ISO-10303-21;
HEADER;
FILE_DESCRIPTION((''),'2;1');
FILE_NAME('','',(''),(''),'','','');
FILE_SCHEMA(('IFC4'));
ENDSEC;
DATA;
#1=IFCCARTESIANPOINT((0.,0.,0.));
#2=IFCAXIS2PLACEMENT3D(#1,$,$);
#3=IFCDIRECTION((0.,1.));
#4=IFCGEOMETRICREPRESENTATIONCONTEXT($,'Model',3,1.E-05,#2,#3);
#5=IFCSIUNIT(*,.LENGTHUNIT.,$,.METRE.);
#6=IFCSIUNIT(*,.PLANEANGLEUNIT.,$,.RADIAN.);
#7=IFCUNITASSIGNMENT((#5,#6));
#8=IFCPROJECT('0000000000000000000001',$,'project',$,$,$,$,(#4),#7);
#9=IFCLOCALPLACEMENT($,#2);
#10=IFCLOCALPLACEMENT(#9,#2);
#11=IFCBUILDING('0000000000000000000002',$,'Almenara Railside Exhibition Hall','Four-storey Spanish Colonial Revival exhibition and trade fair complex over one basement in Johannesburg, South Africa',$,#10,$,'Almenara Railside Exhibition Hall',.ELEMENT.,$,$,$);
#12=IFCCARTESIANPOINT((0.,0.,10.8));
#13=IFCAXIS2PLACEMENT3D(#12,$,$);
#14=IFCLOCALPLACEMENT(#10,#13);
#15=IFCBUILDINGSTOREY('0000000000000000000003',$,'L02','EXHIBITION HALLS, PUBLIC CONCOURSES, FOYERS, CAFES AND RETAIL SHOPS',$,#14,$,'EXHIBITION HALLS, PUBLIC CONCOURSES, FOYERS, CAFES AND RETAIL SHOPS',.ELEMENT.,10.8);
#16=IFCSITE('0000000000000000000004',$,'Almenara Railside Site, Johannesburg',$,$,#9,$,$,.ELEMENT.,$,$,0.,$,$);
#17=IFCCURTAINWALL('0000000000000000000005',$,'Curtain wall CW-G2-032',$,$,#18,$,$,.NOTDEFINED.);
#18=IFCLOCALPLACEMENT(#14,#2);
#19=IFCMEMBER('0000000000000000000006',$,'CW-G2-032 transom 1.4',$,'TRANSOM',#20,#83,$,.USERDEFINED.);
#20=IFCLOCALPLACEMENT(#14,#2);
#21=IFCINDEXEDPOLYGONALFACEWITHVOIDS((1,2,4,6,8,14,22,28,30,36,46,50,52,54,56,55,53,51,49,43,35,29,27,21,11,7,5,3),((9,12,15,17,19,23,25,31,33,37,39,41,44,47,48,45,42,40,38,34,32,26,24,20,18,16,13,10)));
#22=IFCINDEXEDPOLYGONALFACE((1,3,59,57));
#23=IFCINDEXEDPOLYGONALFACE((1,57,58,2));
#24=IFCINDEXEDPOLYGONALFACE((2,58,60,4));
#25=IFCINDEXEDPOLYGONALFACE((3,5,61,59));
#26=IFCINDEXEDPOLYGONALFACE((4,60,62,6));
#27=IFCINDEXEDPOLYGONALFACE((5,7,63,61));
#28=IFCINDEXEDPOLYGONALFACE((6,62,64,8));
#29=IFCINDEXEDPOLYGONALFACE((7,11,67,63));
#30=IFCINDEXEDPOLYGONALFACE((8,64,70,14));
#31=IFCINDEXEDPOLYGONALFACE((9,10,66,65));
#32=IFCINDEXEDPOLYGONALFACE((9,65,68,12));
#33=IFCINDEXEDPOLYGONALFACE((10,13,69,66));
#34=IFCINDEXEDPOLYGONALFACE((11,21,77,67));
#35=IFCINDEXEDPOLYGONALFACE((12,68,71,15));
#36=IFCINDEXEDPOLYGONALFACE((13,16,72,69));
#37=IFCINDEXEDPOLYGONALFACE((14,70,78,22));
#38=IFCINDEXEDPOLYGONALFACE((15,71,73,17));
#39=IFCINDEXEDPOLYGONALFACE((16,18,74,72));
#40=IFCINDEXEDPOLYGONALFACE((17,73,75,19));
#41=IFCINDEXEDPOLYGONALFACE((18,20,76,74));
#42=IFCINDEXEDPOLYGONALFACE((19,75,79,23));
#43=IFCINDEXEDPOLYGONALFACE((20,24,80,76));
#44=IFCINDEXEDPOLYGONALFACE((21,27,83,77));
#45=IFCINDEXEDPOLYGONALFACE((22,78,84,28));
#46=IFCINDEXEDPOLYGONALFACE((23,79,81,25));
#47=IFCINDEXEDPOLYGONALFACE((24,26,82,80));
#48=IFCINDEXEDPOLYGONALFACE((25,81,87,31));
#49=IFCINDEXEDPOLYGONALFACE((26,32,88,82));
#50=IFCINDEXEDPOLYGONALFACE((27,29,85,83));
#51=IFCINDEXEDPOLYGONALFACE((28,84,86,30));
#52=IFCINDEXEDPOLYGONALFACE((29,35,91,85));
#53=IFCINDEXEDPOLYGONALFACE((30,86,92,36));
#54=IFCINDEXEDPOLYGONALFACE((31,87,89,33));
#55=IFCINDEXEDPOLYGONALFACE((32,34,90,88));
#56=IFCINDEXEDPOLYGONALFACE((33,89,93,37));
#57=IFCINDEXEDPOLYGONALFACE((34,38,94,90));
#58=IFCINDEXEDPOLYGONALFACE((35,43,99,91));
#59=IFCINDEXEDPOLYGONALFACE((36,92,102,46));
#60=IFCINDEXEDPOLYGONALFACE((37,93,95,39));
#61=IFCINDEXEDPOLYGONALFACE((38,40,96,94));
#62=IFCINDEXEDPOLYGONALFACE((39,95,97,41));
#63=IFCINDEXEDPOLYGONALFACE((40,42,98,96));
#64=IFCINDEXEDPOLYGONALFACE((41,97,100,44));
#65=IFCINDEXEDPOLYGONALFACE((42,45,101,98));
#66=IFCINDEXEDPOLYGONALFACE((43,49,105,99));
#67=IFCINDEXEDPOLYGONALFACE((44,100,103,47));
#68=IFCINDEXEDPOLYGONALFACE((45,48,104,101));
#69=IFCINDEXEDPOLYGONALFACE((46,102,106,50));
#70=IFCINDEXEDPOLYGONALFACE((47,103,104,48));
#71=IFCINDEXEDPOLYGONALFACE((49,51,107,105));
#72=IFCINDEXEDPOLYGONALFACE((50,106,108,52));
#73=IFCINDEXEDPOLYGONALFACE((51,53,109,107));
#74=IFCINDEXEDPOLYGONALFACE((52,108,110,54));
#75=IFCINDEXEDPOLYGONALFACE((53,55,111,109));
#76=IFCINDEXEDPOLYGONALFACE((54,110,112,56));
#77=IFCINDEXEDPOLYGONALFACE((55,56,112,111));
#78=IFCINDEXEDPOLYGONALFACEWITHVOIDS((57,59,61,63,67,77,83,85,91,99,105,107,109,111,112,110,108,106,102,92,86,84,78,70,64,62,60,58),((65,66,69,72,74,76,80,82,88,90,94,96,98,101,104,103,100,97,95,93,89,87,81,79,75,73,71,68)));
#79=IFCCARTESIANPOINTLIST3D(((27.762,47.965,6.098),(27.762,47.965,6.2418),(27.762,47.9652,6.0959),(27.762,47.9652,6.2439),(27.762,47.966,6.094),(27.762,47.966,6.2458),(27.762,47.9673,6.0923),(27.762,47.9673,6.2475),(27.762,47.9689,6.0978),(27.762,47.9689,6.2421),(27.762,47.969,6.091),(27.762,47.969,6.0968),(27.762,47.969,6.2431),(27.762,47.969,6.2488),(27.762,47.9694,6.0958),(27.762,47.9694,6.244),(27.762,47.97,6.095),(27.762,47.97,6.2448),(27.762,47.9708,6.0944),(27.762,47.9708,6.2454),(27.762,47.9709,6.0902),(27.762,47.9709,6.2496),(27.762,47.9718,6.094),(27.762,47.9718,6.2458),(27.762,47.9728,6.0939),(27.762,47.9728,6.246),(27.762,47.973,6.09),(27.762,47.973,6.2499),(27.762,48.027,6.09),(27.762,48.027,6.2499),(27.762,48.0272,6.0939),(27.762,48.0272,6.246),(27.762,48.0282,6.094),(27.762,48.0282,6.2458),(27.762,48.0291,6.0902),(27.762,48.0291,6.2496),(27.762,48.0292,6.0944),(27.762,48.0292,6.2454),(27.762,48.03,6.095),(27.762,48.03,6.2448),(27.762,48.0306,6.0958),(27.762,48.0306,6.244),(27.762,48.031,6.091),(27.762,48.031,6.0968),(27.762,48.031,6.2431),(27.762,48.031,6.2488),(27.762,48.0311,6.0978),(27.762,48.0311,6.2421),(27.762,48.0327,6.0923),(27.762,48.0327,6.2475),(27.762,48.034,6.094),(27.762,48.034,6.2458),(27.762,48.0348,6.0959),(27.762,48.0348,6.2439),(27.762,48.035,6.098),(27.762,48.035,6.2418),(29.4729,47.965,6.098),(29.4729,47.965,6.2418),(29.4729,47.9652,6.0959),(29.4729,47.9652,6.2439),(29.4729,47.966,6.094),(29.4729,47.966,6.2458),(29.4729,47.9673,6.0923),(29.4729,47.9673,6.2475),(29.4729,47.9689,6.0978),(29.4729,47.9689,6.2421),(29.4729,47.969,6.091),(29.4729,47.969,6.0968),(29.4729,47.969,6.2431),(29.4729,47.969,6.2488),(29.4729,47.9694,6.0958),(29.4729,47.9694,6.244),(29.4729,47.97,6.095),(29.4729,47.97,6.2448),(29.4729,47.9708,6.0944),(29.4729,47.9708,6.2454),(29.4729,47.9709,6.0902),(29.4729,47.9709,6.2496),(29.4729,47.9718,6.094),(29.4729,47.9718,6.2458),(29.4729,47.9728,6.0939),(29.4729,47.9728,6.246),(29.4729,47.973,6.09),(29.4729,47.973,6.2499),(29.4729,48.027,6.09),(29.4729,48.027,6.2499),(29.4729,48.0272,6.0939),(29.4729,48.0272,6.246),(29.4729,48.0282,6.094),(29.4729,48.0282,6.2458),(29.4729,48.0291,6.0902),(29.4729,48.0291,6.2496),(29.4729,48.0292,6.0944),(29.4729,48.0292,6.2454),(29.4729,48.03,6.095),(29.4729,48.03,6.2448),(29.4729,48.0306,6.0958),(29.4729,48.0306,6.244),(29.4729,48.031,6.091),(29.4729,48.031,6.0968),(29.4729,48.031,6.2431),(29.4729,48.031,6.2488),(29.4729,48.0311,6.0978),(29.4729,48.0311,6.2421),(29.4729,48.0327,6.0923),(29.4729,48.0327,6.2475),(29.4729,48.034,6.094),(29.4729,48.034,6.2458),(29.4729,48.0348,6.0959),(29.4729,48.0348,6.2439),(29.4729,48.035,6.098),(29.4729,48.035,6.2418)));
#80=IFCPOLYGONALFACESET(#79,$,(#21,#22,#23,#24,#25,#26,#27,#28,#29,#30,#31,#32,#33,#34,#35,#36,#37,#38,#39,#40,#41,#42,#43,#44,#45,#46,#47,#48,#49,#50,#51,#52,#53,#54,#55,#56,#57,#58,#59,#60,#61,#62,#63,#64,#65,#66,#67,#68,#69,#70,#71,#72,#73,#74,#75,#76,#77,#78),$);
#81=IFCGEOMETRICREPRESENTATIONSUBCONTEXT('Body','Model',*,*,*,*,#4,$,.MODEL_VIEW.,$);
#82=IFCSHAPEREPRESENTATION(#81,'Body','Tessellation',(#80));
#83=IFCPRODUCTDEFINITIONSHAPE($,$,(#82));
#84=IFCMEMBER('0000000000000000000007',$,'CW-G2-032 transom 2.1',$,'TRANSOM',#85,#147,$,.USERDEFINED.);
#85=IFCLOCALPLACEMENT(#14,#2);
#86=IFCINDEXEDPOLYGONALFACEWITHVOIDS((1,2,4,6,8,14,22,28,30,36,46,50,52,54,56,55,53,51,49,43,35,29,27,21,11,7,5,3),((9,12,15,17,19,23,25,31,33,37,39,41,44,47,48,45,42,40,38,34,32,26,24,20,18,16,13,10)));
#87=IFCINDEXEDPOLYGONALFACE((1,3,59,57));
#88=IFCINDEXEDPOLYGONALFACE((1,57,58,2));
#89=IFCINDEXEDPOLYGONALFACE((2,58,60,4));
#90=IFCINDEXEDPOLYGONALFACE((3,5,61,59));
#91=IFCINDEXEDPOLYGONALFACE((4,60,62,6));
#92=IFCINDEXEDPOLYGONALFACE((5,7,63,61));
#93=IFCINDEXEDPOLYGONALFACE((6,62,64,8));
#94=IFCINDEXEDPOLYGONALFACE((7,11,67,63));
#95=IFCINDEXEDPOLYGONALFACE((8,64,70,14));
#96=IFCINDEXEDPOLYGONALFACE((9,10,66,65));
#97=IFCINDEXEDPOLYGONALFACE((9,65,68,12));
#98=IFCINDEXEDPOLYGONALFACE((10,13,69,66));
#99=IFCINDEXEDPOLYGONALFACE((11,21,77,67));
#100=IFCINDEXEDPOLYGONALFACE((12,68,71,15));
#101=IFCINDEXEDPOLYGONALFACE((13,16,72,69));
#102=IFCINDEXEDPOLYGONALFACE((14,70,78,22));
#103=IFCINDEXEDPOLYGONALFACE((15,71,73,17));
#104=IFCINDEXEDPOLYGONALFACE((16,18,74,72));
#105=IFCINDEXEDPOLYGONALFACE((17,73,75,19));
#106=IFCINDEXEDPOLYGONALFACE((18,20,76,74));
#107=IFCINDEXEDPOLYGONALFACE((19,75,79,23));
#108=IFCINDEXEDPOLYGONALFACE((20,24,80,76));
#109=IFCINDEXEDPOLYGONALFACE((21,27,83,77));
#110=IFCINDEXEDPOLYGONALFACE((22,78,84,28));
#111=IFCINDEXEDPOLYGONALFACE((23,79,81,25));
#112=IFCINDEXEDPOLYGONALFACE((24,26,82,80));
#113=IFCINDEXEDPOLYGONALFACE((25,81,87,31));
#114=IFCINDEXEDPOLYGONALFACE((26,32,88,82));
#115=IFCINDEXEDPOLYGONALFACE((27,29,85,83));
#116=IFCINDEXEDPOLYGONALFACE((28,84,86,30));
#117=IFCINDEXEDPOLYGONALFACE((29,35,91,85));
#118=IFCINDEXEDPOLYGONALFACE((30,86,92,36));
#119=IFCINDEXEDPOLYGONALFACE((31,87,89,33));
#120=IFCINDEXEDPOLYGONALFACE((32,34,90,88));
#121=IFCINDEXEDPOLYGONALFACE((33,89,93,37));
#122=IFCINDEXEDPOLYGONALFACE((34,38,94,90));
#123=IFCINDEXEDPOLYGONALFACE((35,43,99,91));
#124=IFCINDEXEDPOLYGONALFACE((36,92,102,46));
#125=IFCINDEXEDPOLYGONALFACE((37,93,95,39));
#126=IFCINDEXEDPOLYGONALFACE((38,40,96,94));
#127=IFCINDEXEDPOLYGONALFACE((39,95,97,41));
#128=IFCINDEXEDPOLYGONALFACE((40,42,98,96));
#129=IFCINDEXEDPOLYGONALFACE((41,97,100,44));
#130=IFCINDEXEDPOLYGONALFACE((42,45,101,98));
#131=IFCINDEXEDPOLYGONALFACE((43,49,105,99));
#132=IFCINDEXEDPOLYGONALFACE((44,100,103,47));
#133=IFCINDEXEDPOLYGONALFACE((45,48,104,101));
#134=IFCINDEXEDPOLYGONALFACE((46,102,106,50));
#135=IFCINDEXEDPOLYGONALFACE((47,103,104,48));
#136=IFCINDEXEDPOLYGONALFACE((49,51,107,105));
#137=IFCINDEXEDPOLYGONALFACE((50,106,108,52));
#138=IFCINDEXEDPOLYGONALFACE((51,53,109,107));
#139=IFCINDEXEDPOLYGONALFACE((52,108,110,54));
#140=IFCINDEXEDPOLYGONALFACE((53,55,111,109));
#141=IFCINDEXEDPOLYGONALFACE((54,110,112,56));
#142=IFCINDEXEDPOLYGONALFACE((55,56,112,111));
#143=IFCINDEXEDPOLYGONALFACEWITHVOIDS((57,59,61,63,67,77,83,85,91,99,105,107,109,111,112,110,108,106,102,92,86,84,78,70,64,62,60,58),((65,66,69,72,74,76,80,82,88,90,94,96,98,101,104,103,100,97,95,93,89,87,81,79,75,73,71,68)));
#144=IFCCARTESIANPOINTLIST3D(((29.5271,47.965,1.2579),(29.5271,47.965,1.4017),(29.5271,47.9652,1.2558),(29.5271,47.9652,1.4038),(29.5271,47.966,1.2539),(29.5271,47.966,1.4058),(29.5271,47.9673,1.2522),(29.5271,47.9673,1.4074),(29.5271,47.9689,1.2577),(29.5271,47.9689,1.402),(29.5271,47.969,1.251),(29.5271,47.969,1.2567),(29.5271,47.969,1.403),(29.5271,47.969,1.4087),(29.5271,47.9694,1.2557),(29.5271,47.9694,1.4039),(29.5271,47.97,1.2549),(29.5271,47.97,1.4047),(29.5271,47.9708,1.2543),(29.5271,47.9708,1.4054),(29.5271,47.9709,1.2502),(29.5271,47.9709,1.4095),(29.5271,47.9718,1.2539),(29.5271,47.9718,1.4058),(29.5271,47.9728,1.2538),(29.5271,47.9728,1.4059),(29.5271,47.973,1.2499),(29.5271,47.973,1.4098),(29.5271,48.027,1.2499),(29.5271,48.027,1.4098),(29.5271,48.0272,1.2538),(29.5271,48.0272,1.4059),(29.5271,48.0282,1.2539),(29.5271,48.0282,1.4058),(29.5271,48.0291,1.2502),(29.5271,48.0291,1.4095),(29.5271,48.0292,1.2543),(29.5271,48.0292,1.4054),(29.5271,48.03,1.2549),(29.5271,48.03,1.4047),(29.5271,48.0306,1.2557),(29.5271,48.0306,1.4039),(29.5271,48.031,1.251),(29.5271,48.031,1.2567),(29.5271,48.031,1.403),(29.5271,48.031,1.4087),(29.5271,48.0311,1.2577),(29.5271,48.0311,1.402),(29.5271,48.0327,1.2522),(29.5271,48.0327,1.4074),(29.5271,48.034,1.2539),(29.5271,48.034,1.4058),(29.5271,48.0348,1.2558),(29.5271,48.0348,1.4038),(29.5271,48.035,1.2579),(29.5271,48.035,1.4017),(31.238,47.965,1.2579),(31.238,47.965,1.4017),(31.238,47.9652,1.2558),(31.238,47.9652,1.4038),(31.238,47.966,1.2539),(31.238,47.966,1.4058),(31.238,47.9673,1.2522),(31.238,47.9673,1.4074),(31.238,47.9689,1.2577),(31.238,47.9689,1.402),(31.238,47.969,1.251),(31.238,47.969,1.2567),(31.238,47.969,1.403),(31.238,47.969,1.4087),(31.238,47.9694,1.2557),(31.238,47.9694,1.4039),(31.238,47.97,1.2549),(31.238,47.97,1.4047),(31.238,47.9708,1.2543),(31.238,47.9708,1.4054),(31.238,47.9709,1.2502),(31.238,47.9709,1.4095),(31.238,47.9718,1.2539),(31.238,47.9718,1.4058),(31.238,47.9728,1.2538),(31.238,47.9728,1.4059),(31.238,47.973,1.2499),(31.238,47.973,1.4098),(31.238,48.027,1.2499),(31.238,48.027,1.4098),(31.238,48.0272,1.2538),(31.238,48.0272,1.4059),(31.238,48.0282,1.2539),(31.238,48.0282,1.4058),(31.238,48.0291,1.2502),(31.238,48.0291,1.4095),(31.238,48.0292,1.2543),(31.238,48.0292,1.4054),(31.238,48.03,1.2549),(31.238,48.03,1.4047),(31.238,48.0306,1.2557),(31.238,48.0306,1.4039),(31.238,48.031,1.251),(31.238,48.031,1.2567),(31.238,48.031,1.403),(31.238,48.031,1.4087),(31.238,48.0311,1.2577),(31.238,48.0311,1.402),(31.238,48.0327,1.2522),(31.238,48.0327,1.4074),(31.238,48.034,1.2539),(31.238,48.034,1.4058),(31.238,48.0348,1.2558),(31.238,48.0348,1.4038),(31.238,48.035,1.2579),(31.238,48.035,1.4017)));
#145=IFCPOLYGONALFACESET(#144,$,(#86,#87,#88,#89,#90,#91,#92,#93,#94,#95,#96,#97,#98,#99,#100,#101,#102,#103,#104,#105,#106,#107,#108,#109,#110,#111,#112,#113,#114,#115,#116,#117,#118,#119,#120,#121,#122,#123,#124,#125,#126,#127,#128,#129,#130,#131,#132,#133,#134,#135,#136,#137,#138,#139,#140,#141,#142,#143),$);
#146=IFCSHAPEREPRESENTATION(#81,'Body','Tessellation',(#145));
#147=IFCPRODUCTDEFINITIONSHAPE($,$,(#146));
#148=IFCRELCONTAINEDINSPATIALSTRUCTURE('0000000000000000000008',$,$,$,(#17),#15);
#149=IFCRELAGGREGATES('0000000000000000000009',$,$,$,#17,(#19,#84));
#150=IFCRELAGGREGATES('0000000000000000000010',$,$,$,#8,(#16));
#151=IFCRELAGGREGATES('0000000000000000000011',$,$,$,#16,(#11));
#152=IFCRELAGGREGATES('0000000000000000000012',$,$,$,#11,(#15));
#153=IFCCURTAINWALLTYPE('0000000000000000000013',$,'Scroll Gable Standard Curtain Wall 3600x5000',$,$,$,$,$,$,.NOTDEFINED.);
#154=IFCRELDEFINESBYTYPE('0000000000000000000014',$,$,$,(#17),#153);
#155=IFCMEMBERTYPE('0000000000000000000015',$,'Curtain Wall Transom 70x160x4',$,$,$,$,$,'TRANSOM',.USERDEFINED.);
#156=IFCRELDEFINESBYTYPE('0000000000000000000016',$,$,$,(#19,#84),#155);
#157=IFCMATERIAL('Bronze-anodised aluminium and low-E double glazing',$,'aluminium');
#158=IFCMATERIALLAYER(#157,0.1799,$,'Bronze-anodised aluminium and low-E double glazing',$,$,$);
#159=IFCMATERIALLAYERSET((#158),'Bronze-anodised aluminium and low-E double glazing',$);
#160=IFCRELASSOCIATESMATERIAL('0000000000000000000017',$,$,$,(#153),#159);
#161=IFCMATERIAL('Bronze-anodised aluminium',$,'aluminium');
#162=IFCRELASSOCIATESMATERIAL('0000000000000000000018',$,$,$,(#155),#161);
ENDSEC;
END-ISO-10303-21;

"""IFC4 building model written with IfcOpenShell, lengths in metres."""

from ifc_helpers import new_model, si_unit, direction, frame, origin, origin_2d, place, context, subcontext, project, spatial, hollow_rectangle, extrude, material, layer, layer_set, material_profile, profile_set, type_object, element, aggregate, save


model = new_model("IFC4")

# Units and contexts
model_context = context("Model", 3, precision=1e-05, world=origin(), true_north=direction((0.0, 1.0)))
body_context = subcontext(model_context, "Body", "Model", "MODEL_VIEW")
ifc_project = project(units=[si_unit("LENGTHUNIT", "METRE"), si_unit("PLANEANGLEUNIT", "RADIAN")], contexts=[model_context])

# Site, building, storey
site_placement = place(None, origin())
site = spatial("IfcSite", under=ifc_project, at=site_placement, Name="Almenara Railside Site, Johannesburg", CompositionType="ELEMENT", RefElevation=0.0)
building_placement = place(site_placement, origin())
building = spatial("IfcBuilding", under=site, at=building_placement, Name="Almenara Railside Exhibition Hall", Description="Four-storey Spanish Colonial Revival exhibition and trade fair complex over one basement in Johannesburg, South Africa", LongName="Almenara Railside Exhibition Hall", CompositionType="ELEMENT")
storey_placement = place(building_placement, frame((0.0, 0.0, 10.8)))
storey = spatial("IfcBuildingStorey", under=building, at=storey_placement, Name="L02", Description="EXHIBITION HALLS, PUBLIC CONCOURSES, FOYERS, CAFES AND RETAIL SHOPS", LongName="EXHIBITION HALLS, PUBLIC CONCOURSES, FOYERS, CAFES AND RETAIL SHOPS", CompositionType="ELEMENT", Elevation=10.8)

# Curtain wall
ifc_material_1 = material(Name="Bronze-anodised aluminium and low-E double glazing", Category="aluminium")
ifc_material_2 = material(Name="Bronze-anodised aluminium", Category="aluminium")
ifc_layer_1 = layer(ifc_material_1, 0.1799, Name="Bronze-anodised aluminium and low-E double glazing")
ifc_layer_set_1 = layer_set([ifc_layer_1], Name="Bronze-anodised aluminium and low-E double glazing")
curtain_wall_type_1 = type_object("IfcCurtainWallType", Name="Scroll Gable Standard Curtain Wall 3600x5000", PredefinedType="NOTDEFINED", material=ifc_layer_set_1)
curtain_wall_1_placement = place(storey_placement, origin())
curtain_wall_1 = element("IfcCurtainWall", 1, at=curtain_wall_1_placement, inside=storey, type_object=curtain_wall_type_1, Name="Curtain wall CW-G2-032", PredefinedType="NOTDEFINED")

# Members
ifc_material_profile_1 = material_profile(ifc_material_2, hollow_rectangle(XDim=0.0701, YDim=0.1599, WallThickness=0.0039, InnerFilletRadius=0.0039, OuterFilletRadius=0.0081, at=origin_2d()), Name="ALU-TRN 70x160x4")
ifc_profile_set_1 = profile_set([ifc_material_profile_1], Name="Bronze-anodised aluminium")
member_type_1 = type_object("IfcMemberType", Name="Curtain Wall Transom 70x160x4", ElementType="TRANSOM", PredefinedType="USERDEFINED", material=ifc_profile_set_1)
member_1_placement = place(storey_placement, frame((27.762, 48.0, 6.1699), z_axis=(1.0, 0.0, 0.0), x_axis=(0.0, 1.0, 0.0)))
member_1 = element("IfcMember", 2, at=member_1_placement, type_object=member_type_1, Name="CW-G2-032 transom 1.4", ObjectType="TRANSOM", PredefinedType="USERDEFINED", context=body_context, shape_type="SweptSolid", body=[
    extrude(hollow_rectangle(XDim=0.0701, YDim=0.1599, WallThickness=0.0039, InnerFilletRadius=0.0039, OuterFilletRadius=0.0081, at=origin_2d()), origin(), (0.0, 0.0, 1.0), 1.7109),
])
member_2_placement = place(storey_placement, frame((29.5271, 48.0, 1.3298), z_axis=(1.0, 0.0, 0.0), x_axis=(0.0, 1.0, 0.0)))
member_2 = element("IfcMember", 3, at=member_2_placement, type_object=member_type_1, Name="CW-G2-032 transom 2.1", ObjectType="TRANSOM", PredefinedType="USERDEFINED", context=body_context, shape_type="SweptSolid", body=[
    extrude(hollow_rectangle(XDim=0.0701, YDim=0.1599, WallThickness=0.0039, InnerFilletRadius=0.0039, OuterFilletRadius=0.0081, at=origin_2d()), origin(), (0.0, 0.0, 1.0), 1.7109),
])

aggregate(curtain_wall_1, [member_1, member_2])

save(model, "model.ifc")
